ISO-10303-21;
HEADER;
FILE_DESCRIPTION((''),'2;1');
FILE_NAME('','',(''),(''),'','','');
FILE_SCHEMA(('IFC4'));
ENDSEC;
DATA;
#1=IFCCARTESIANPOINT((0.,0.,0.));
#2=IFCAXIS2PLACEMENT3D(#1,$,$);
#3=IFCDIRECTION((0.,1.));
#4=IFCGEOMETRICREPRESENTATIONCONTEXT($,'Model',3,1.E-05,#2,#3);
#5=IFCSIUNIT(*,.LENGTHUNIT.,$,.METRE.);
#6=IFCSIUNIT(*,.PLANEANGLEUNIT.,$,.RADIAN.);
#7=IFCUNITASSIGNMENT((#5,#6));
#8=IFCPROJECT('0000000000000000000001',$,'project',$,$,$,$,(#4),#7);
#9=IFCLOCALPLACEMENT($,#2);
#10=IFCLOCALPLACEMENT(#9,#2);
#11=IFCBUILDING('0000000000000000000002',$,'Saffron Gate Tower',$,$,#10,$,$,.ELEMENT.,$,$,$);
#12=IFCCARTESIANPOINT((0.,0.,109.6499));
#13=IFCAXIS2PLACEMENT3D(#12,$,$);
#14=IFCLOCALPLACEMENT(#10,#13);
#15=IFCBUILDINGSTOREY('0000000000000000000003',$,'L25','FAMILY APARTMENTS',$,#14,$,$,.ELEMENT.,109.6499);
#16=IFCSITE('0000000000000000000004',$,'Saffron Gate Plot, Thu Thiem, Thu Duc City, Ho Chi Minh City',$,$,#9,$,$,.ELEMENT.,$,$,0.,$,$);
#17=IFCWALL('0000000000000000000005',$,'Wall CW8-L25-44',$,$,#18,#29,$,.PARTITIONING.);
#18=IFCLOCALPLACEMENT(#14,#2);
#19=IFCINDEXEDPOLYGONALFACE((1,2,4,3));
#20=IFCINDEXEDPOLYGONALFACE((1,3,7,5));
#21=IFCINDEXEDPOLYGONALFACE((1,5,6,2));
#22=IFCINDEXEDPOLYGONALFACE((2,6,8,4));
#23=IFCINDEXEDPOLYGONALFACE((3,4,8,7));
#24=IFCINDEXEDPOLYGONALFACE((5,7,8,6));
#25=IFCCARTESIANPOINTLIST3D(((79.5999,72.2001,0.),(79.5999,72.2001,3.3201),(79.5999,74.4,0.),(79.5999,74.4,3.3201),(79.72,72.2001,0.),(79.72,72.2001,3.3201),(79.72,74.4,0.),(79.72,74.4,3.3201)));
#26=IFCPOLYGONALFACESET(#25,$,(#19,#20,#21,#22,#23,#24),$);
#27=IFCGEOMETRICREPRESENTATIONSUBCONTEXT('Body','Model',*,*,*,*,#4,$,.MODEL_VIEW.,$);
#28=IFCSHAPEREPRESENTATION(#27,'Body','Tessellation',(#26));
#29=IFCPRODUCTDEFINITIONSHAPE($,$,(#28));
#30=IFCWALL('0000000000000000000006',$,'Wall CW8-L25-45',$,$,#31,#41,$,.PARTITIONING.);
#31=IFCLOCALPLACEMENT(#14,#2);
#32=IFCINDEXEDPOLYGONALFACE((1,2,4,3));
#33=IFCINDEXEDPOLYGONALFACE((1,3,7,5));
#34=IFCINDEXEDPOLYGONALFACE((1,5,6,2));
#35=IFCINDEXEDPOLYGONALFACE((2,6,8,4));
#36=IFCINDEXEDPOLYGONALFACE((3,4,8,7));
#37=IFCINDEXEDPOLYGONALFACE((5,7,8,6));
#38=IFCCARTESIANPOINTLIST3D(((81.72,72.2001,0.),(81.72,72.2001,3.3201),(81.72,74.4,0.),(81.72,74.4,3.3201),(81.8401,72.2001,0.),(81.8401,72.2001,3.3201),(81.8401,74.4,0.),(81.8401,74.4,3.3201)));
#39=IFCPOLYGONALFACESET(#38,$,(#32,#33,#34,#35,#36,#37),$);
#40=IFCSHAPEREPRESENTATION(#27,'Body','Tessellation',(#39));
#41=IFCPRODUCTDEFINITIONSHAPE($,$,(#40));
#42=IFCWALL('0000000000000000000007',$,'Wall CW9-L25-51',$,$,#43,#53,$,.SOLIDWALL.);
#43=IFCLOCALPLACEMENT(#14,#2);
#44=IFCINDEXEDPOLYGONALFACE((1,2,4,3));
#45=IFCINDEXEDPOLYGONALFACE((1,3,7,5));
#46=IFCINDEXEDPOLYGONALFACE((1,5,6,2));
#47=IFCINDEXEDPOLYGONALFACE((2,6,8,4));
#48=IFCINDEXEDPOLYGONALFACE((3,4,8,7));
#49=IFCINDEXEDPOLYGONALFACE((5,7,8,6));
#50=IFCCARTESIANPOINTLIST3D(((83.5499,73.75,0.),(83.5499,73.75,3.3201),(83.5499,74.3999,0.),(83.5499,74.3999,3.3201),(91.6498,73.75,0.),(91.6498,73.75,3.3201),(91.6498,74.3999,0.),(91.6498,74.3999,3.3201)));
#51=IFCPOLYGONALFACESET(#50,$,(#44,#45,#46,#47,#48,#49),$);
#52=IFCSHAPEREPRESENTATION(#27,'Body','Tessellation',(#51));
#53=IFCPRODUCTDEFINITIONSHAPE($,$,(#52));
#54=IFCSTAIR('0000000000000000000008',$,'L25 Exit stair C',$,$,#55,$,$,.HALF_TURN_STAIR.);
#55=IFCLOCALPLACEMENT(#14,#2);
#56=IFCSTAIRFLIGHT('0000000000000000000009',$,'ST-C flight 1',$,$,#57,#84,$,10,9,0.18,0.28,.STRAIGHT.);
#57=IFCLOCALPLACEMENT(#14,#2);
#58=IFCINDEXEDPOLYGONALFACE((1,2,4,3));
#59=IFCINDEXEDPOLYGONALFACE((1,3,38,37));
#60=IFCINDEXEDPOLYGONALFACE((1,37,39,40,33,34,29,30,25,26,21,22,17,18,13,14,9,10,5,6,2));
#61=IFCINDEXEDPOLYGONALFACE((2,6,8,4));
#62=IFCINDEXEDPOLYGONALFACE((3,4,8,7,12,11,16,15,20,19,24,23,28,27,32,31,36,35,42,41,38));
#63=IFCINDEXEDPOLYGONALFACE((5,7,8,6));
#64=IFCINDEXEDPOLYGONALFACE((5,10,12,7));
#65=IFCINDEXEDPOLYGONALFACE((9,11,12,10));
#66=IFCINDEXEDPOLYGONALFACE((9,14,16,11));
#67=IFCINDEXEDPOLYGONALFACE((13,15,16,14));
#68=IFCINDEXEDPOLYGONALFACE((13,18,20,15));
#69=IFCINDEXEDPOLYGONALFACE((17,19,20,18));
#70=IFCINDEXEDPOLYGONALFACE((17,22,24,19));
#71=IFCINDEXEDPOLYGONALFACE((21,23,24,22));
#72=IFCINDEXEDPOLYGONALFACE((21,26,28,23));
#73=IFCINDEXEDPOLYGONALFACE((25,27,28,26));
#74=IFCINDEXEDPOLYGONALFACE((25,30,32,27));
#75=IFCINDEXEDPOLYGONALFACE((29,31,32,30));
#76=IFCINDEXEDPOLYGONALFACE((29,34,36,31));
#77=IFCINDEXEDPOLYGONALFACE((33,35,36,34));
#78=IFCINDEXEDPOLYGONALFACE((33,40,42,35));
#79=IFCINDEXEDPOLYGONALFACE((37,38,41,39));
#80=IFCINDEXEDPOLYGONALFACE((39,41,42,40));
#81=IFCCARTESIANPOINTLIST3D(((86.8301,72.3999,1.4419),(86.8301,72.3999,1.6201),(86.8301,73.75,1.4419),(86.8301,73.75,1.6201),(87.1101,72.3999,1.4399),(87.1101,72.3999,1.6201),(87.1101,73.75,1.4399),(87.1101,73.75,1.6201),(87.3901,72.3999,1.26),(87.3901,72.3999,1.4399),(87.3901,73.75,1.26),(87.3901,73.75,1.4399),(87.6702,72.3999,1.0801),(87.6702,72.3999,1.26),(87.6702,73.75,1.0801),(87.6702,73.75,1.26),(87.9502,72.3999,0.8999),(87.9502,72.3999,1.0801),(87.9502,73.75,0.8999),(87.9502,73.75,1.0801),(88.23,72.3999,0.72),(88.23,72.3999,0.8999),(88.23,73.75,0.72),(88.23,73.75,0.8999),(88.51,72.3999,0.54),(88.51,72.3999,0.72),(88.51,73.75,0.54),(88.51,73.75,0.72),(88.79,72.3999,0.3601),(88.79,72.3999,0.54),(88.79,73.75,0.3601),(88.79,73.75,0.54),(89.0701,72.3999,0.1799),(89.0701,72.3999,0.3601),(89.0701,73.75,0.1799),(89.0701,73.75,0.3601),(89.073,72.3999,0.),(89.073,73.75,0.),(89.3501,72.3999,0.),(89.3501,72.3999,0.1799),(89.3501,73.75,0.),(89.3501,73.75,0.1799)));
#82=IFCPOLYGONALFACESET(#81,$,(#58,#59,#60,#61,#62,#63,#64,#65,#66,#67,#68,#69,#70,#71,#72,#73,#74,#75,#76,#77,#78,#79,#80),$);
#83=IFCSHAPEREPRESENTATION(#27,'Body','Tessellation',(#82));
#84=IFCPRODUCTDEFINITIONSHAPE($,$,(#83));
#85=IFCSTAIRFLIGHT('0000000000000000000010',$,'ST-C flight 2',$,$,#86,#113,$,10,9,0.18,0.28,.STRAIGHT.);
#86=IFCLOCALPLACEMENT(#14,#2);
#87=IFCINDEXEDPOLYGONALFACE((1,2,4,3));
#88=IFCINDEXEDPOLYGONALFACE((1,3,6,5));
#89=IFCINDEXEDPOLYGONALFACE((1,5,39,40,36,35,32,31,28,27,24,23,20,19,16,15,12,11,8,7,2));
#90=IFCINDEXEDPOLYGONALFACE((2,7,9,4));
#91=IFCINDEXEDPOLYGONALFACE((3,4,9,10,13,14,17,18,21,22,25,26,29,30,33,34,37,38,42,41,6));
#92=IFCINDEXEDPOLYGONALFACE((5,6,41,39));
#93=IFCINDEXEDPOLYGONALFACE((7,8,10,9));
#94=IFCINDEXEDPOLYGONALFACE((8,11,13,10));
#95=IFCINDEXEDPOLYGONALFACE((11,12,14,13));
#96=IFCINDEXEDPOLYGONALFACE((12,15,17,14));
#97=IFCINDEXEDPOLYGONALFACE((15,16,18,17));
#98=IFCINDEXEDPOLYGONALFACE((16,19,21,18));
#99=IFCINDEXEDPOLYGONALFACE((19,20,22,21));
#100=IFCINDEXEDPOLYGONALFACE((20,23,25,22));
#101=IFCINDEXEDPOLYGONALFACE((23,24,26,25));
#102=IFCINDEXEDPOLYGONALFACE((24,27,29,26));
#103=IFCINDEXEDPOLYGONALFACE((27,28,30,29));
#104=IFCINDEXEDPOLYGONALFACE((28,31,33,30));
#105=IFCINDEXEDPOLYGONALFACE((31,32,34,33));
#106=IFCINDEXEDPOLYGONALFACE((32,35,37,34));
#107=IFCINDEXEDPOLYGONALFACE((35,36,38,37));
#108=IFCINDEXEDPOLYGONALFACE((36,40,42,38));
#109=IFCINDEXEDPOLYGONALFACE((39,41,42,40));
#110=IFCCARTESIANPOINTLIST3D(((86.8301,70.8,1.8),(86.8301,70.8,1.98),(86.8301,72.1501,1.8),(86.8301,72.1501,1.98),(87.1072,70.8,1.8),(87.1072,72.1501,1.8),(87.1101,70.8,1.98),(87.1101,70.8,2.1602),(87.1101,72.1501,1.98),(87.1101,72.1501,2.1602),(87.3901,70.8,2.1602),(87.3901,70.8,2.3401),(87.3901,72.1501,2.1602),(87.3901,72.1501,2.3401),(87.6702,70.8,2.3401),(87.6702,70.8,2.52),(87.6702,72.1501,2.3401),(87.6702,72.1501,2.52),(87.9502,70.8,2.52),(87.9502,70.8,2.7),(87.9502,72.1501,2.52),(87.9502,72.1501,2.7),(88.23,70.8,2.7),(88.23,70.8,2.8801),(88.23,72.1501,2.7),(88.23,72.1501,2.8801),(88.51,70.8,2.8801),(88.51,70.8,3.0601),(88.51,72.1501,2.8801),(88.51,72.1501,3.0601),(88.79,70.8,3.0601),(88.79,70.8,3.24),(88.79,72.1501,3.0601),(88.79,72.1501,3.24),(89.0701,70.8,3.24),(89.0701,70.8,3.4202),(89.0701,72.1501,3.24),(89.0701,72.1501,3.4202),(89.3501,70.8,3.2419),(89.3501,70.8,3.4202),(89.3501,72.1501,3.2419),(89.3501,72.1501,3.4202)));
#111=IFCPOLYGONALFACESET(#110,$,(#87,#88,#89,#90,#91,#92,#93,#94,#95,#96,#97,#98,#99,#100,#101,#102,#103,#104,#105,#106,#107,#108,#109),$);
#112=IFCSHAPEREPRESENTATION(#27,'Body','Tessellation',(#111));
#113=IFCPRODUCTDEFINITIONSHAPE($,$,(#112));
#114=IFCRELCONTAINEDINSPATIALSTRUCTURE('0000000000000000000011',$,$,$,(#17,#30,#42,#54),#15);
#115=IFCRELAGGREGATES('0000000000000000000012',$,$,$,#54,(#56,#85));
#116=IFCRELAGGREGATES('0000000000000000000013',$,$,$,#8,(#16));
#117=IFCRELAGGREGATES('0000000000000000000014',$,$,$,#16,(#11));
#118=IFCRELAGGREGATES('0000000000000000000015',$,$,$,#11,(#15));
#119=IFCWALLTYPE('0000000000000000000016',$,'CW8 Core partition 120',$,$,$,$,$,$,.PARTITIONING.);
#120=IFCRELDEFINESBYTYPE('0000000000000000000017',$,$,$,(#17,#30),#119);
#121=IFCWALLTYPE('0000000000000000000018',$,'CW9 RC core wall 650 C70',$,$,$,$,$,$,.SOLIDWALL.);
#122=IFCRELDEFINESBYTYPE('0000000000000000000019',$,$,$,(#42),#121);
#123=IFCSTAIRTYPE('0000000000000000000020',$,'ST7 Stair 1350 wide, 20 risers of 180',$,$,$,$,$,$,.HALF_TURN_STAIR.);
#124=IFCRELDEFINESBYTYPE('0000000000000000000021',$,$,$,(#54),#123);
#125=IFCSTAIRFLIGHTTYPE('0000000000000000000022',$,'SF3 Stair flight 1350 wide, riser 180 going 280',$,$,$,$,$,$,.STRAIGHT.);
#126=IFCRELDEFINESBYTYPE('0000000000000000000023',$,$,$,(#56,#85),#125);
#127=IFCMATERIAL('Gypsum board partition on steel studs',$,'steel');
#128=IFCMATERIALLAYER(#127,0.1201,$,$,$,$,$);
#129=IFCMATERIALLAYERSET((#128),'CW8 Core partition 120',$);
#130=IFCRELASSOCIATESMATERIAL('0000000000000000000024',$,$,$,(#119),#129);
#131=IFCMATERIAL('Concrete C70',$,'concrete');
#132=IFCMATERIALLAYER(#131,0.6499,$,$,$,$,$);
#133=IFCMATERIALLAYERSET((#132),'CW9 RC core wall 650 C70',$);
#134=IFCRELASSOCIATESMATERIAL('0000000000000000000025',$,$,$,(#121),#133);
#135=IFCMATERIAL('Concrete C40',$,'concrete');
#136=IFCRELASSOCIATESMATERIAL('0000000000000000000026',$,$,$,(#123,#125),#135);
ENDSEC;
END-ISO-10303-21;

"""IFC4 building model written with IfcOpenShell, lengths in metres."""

from ifc_helpers import new_model, si_unit, direction, frame, frame_2d, origin, place, context, subcontext, project, spatial, polyline, rectangle, outline, extrude, material, layer, layer_set, type_object, element, aggregate, save


model = new_model("IFC4")

# Units and contexts
model_context = context("Model", 3, precision=1e-05, world=origin(), true_north=direction((0.0, 1.0)))
body_context = subcontext(model_context, "Body", "Model", "MODEL_VIEW")
ifc_project = project(units=[si_unit("LENGTHUNIT", "METRE"), si_unit("PLANEANGLEUNIT", "RADIAN")], contexts=[model_context])

# Site, building, storey
site_placement = place(None, origin())
site = spatial("IfcSite", under=ifc_project, at=site_placement, Name="Saffron Gate Plot, Thu Thiem, Thu Duc City, Ho Chi Minh City", CompositionType="ELEMENT", RefElevation=0.0)
building_placement = place(site_placement, origin())
building = spatial("IfcBuilding", under=site, at=building_placement, Name="Saffron Gate Tower", CompositionType="ELEMENT")
storey_placement = place(building_placement, frame((0.0, 0.0, 109.6499)))
storey = spatial("IfcBuildingStorey", under=building, at=storey_placement, Name="L25", Description="FAMILY APARTMENTS", CompositionType="ELEMENT", Elevation=109.6499)

# Shared definitions
ifc_material_1 = material(Name="Gypsum board partition on steel studs", Category="steel")
ifc_material_2 = material(Name="Concrete C70", Category="concrete")

# Walls
ifc_layer_1 = layer(ifc_material_1, 0.1201)
ifc_layer_set_1 = layer_set([ifc_layer_1], Name="CW8 Core partition 120")
wall_type_1 = type_object("IfcWallType", Name="CW8 Core partition 120", PredefinedType="PARTITIONING", material=ifc_layer_set_1)
for number, where, z_axis, x_axis, name in (
    (1, (79.6599, 72.2, 0.0), (0.0, 0.0, 1.0), (0.0, 1.0, 0.0), "Wall CW8-L25-44"),
    (2, (81.78, 72.2, 0.0), (0.0, 0.0, 1.0), (0.0, 1.0, 0.0), "Wall CW8-L25-45"),
):
    element("IfcWall", number, at=place(storey_placement, frame(where, z_axis=z_axis, x_axis=x_axis)), inside=storey, type_object=wall_type_1, Name=name, PredefinedType="PARTITIONING", context=body_context, shape_type="SweptSolid", body=[
        extrude(rectangle(XDim=2.2, YDim=0.1201, at=frame_2d((1.1001, 0.0))), origin(), (0.0, 0.0, 1.0), 3.3201),
    ])
ifc_layer_2 = layer(ifc_material_2, 0.6499)
ifc_layer_set_2 = layer_set([ifc_layer_2], Name="CW9 RC core wall 650 C70")
wall_type_2 = type_object("IfcWallType", Name="CW9 RC core wall 650 C70", PredefinedType="SOLIDWALL", material=ifc_layer_set_2)
wall_1_placement = place(storey_placement, frame((83.55, 74.075, 0.0), z_axis=(0.0, 0.0, 1.0), x_axis=(1.0, 0.0, 0.0)))
element("IfcWall", 3, at=wall_1_placement, inside=storey, type_object=wall_type_2, Name="Wall CW9-L25-51", PredefinedType="SOLIDWALL", context=body_context, shape_type="SweptSolid", body=[
    extrude(rectangle(XDim=8.0999, YDim=0.6499, at=frame_2d((4.0498, 0.0))), origin(), (0.0, 0.0, 1.0), 3.3201),
])

# Stair, stair flights
ifc_material_3 = material(Name="Concrete C40", Category="concrete")
stair_type = type_object("IfcStairType", Name="ST7 Stair 1350 wide, 20 risers of 180", PredefinedType="HALF_TURN_STAIR", material=ifc_material_3)
stair_placement = place(storey_placement, origin())
stair = element("IfcStair", 4, at=stair_placement, inside=storey, type_object=stair_type, Name="L25 Exit stair C", PredefinedType="HALF_TURN_STAIR")
stair_flight_type = type_object("IfcStairFlightType", Name="SF3 Stair flight 1350 wide, riser 180 going 280", PredefinedType="STRAIGHT", material=ifc_material_3)
stair_flight_1_placement = place(storey_placement, frame((89.3501, 73.075, 0.0), z_axis=(0.0, 0.0, 1.0), x_axis=(-1.0, 0.0, 0.0)))
stair_flight_1 = element("IfcStairFlight", 5, at=stair_flight_1_placement, type_object=stair_flight_type, Name="ST-C flight 1", NumberOfRisers=10, NumberOfTreads=9, PredefinedType="STRAIGHT", RiserHeight=0.18, TreadLength=0.28, context=body_context, shape_type="SweptSolid", body=[
    extrude(outline(polyline([(0.0, 0.0), (0.0, 0.1799), (0.28, 0.1799), (0.28, 0.3601), (0.5601, 0.3601), (0.5601, 0.54), (0.8401, 0.54), (0.8401, 0.72), (1.1201, 0.72), (1.1201, 0.8999), (1.3999, 0.8999), (1.3999, 1.0801), (1.6799, 1.0801), (1.6799, 1.26), (1.96, 1.26), (1.96, 1.4399), (2.24, 1.4399), (2.24, 1.6201), (2.52, 1.6201), (2.52, 1.8), (2.52, 1.4419), (0.2771, 0.0), (0.0, 0.0)])), frame((0.0, 0.675, 0.0), z_axis=(0.0, -1.0, 0.0), x_axis=(1.0, 0.0, 0.0)), (0.0, 0.0, 1.0), 1.3501),
])
stair_flight_2_placement = place(storey_placement, frame((86.8301, 71.4751, 1.8), z_axis=(0.0, 0.0, 1.0), x_axis=(1.0, 0.0, 0.0)))
stair_flight_2 = element("IfcStairFlight", 6, at=stair_flight_2_placement, type_object=stair_flight_type, Name="ST-C flight 2", NumberOfRisers=10, NumberOfTreads=9, PredefinedType="STRAIGHT", RiserHeight=0.18, TreadLength=0.28, context=body_context, shape_type="SweptSolid", body=[
    extrude(outline(polyline([(0.0, 0.0), (0.0, 0.1799), (0.28, 0.1799), (0.28, 0.3601), (0.5601, 0.3601), (0.5601, 0.54), (0.8401, 0.54), (0.8401, 0.72), (1.1201, 0.72), (1.1201, 0.8999), (1.3999, 0.8999), (1.3999, 1.0801), (1.6799, 1.0801), (1.6799, 1.26), (1.96, 1.26), (1.96, 1.4399), (2.24, 1.4399), (2.24, 1.6201), (2.52, 1.6201), (2.52, 1.8), (2.52, 1.4419), (0.2771, 0.0), (0.0, 0.0)])), frame((0.0, 0.675, 0.0), z_axis=(0.0, -1.0, 0.0), x_axis=(1.0, 0.0, 0.0)), (0.0, 0.0, 1.0), 1.3501),
])
aggregate(stair, [stair_flight_1, stair_flight_2])

save(model, "model.ifc")
